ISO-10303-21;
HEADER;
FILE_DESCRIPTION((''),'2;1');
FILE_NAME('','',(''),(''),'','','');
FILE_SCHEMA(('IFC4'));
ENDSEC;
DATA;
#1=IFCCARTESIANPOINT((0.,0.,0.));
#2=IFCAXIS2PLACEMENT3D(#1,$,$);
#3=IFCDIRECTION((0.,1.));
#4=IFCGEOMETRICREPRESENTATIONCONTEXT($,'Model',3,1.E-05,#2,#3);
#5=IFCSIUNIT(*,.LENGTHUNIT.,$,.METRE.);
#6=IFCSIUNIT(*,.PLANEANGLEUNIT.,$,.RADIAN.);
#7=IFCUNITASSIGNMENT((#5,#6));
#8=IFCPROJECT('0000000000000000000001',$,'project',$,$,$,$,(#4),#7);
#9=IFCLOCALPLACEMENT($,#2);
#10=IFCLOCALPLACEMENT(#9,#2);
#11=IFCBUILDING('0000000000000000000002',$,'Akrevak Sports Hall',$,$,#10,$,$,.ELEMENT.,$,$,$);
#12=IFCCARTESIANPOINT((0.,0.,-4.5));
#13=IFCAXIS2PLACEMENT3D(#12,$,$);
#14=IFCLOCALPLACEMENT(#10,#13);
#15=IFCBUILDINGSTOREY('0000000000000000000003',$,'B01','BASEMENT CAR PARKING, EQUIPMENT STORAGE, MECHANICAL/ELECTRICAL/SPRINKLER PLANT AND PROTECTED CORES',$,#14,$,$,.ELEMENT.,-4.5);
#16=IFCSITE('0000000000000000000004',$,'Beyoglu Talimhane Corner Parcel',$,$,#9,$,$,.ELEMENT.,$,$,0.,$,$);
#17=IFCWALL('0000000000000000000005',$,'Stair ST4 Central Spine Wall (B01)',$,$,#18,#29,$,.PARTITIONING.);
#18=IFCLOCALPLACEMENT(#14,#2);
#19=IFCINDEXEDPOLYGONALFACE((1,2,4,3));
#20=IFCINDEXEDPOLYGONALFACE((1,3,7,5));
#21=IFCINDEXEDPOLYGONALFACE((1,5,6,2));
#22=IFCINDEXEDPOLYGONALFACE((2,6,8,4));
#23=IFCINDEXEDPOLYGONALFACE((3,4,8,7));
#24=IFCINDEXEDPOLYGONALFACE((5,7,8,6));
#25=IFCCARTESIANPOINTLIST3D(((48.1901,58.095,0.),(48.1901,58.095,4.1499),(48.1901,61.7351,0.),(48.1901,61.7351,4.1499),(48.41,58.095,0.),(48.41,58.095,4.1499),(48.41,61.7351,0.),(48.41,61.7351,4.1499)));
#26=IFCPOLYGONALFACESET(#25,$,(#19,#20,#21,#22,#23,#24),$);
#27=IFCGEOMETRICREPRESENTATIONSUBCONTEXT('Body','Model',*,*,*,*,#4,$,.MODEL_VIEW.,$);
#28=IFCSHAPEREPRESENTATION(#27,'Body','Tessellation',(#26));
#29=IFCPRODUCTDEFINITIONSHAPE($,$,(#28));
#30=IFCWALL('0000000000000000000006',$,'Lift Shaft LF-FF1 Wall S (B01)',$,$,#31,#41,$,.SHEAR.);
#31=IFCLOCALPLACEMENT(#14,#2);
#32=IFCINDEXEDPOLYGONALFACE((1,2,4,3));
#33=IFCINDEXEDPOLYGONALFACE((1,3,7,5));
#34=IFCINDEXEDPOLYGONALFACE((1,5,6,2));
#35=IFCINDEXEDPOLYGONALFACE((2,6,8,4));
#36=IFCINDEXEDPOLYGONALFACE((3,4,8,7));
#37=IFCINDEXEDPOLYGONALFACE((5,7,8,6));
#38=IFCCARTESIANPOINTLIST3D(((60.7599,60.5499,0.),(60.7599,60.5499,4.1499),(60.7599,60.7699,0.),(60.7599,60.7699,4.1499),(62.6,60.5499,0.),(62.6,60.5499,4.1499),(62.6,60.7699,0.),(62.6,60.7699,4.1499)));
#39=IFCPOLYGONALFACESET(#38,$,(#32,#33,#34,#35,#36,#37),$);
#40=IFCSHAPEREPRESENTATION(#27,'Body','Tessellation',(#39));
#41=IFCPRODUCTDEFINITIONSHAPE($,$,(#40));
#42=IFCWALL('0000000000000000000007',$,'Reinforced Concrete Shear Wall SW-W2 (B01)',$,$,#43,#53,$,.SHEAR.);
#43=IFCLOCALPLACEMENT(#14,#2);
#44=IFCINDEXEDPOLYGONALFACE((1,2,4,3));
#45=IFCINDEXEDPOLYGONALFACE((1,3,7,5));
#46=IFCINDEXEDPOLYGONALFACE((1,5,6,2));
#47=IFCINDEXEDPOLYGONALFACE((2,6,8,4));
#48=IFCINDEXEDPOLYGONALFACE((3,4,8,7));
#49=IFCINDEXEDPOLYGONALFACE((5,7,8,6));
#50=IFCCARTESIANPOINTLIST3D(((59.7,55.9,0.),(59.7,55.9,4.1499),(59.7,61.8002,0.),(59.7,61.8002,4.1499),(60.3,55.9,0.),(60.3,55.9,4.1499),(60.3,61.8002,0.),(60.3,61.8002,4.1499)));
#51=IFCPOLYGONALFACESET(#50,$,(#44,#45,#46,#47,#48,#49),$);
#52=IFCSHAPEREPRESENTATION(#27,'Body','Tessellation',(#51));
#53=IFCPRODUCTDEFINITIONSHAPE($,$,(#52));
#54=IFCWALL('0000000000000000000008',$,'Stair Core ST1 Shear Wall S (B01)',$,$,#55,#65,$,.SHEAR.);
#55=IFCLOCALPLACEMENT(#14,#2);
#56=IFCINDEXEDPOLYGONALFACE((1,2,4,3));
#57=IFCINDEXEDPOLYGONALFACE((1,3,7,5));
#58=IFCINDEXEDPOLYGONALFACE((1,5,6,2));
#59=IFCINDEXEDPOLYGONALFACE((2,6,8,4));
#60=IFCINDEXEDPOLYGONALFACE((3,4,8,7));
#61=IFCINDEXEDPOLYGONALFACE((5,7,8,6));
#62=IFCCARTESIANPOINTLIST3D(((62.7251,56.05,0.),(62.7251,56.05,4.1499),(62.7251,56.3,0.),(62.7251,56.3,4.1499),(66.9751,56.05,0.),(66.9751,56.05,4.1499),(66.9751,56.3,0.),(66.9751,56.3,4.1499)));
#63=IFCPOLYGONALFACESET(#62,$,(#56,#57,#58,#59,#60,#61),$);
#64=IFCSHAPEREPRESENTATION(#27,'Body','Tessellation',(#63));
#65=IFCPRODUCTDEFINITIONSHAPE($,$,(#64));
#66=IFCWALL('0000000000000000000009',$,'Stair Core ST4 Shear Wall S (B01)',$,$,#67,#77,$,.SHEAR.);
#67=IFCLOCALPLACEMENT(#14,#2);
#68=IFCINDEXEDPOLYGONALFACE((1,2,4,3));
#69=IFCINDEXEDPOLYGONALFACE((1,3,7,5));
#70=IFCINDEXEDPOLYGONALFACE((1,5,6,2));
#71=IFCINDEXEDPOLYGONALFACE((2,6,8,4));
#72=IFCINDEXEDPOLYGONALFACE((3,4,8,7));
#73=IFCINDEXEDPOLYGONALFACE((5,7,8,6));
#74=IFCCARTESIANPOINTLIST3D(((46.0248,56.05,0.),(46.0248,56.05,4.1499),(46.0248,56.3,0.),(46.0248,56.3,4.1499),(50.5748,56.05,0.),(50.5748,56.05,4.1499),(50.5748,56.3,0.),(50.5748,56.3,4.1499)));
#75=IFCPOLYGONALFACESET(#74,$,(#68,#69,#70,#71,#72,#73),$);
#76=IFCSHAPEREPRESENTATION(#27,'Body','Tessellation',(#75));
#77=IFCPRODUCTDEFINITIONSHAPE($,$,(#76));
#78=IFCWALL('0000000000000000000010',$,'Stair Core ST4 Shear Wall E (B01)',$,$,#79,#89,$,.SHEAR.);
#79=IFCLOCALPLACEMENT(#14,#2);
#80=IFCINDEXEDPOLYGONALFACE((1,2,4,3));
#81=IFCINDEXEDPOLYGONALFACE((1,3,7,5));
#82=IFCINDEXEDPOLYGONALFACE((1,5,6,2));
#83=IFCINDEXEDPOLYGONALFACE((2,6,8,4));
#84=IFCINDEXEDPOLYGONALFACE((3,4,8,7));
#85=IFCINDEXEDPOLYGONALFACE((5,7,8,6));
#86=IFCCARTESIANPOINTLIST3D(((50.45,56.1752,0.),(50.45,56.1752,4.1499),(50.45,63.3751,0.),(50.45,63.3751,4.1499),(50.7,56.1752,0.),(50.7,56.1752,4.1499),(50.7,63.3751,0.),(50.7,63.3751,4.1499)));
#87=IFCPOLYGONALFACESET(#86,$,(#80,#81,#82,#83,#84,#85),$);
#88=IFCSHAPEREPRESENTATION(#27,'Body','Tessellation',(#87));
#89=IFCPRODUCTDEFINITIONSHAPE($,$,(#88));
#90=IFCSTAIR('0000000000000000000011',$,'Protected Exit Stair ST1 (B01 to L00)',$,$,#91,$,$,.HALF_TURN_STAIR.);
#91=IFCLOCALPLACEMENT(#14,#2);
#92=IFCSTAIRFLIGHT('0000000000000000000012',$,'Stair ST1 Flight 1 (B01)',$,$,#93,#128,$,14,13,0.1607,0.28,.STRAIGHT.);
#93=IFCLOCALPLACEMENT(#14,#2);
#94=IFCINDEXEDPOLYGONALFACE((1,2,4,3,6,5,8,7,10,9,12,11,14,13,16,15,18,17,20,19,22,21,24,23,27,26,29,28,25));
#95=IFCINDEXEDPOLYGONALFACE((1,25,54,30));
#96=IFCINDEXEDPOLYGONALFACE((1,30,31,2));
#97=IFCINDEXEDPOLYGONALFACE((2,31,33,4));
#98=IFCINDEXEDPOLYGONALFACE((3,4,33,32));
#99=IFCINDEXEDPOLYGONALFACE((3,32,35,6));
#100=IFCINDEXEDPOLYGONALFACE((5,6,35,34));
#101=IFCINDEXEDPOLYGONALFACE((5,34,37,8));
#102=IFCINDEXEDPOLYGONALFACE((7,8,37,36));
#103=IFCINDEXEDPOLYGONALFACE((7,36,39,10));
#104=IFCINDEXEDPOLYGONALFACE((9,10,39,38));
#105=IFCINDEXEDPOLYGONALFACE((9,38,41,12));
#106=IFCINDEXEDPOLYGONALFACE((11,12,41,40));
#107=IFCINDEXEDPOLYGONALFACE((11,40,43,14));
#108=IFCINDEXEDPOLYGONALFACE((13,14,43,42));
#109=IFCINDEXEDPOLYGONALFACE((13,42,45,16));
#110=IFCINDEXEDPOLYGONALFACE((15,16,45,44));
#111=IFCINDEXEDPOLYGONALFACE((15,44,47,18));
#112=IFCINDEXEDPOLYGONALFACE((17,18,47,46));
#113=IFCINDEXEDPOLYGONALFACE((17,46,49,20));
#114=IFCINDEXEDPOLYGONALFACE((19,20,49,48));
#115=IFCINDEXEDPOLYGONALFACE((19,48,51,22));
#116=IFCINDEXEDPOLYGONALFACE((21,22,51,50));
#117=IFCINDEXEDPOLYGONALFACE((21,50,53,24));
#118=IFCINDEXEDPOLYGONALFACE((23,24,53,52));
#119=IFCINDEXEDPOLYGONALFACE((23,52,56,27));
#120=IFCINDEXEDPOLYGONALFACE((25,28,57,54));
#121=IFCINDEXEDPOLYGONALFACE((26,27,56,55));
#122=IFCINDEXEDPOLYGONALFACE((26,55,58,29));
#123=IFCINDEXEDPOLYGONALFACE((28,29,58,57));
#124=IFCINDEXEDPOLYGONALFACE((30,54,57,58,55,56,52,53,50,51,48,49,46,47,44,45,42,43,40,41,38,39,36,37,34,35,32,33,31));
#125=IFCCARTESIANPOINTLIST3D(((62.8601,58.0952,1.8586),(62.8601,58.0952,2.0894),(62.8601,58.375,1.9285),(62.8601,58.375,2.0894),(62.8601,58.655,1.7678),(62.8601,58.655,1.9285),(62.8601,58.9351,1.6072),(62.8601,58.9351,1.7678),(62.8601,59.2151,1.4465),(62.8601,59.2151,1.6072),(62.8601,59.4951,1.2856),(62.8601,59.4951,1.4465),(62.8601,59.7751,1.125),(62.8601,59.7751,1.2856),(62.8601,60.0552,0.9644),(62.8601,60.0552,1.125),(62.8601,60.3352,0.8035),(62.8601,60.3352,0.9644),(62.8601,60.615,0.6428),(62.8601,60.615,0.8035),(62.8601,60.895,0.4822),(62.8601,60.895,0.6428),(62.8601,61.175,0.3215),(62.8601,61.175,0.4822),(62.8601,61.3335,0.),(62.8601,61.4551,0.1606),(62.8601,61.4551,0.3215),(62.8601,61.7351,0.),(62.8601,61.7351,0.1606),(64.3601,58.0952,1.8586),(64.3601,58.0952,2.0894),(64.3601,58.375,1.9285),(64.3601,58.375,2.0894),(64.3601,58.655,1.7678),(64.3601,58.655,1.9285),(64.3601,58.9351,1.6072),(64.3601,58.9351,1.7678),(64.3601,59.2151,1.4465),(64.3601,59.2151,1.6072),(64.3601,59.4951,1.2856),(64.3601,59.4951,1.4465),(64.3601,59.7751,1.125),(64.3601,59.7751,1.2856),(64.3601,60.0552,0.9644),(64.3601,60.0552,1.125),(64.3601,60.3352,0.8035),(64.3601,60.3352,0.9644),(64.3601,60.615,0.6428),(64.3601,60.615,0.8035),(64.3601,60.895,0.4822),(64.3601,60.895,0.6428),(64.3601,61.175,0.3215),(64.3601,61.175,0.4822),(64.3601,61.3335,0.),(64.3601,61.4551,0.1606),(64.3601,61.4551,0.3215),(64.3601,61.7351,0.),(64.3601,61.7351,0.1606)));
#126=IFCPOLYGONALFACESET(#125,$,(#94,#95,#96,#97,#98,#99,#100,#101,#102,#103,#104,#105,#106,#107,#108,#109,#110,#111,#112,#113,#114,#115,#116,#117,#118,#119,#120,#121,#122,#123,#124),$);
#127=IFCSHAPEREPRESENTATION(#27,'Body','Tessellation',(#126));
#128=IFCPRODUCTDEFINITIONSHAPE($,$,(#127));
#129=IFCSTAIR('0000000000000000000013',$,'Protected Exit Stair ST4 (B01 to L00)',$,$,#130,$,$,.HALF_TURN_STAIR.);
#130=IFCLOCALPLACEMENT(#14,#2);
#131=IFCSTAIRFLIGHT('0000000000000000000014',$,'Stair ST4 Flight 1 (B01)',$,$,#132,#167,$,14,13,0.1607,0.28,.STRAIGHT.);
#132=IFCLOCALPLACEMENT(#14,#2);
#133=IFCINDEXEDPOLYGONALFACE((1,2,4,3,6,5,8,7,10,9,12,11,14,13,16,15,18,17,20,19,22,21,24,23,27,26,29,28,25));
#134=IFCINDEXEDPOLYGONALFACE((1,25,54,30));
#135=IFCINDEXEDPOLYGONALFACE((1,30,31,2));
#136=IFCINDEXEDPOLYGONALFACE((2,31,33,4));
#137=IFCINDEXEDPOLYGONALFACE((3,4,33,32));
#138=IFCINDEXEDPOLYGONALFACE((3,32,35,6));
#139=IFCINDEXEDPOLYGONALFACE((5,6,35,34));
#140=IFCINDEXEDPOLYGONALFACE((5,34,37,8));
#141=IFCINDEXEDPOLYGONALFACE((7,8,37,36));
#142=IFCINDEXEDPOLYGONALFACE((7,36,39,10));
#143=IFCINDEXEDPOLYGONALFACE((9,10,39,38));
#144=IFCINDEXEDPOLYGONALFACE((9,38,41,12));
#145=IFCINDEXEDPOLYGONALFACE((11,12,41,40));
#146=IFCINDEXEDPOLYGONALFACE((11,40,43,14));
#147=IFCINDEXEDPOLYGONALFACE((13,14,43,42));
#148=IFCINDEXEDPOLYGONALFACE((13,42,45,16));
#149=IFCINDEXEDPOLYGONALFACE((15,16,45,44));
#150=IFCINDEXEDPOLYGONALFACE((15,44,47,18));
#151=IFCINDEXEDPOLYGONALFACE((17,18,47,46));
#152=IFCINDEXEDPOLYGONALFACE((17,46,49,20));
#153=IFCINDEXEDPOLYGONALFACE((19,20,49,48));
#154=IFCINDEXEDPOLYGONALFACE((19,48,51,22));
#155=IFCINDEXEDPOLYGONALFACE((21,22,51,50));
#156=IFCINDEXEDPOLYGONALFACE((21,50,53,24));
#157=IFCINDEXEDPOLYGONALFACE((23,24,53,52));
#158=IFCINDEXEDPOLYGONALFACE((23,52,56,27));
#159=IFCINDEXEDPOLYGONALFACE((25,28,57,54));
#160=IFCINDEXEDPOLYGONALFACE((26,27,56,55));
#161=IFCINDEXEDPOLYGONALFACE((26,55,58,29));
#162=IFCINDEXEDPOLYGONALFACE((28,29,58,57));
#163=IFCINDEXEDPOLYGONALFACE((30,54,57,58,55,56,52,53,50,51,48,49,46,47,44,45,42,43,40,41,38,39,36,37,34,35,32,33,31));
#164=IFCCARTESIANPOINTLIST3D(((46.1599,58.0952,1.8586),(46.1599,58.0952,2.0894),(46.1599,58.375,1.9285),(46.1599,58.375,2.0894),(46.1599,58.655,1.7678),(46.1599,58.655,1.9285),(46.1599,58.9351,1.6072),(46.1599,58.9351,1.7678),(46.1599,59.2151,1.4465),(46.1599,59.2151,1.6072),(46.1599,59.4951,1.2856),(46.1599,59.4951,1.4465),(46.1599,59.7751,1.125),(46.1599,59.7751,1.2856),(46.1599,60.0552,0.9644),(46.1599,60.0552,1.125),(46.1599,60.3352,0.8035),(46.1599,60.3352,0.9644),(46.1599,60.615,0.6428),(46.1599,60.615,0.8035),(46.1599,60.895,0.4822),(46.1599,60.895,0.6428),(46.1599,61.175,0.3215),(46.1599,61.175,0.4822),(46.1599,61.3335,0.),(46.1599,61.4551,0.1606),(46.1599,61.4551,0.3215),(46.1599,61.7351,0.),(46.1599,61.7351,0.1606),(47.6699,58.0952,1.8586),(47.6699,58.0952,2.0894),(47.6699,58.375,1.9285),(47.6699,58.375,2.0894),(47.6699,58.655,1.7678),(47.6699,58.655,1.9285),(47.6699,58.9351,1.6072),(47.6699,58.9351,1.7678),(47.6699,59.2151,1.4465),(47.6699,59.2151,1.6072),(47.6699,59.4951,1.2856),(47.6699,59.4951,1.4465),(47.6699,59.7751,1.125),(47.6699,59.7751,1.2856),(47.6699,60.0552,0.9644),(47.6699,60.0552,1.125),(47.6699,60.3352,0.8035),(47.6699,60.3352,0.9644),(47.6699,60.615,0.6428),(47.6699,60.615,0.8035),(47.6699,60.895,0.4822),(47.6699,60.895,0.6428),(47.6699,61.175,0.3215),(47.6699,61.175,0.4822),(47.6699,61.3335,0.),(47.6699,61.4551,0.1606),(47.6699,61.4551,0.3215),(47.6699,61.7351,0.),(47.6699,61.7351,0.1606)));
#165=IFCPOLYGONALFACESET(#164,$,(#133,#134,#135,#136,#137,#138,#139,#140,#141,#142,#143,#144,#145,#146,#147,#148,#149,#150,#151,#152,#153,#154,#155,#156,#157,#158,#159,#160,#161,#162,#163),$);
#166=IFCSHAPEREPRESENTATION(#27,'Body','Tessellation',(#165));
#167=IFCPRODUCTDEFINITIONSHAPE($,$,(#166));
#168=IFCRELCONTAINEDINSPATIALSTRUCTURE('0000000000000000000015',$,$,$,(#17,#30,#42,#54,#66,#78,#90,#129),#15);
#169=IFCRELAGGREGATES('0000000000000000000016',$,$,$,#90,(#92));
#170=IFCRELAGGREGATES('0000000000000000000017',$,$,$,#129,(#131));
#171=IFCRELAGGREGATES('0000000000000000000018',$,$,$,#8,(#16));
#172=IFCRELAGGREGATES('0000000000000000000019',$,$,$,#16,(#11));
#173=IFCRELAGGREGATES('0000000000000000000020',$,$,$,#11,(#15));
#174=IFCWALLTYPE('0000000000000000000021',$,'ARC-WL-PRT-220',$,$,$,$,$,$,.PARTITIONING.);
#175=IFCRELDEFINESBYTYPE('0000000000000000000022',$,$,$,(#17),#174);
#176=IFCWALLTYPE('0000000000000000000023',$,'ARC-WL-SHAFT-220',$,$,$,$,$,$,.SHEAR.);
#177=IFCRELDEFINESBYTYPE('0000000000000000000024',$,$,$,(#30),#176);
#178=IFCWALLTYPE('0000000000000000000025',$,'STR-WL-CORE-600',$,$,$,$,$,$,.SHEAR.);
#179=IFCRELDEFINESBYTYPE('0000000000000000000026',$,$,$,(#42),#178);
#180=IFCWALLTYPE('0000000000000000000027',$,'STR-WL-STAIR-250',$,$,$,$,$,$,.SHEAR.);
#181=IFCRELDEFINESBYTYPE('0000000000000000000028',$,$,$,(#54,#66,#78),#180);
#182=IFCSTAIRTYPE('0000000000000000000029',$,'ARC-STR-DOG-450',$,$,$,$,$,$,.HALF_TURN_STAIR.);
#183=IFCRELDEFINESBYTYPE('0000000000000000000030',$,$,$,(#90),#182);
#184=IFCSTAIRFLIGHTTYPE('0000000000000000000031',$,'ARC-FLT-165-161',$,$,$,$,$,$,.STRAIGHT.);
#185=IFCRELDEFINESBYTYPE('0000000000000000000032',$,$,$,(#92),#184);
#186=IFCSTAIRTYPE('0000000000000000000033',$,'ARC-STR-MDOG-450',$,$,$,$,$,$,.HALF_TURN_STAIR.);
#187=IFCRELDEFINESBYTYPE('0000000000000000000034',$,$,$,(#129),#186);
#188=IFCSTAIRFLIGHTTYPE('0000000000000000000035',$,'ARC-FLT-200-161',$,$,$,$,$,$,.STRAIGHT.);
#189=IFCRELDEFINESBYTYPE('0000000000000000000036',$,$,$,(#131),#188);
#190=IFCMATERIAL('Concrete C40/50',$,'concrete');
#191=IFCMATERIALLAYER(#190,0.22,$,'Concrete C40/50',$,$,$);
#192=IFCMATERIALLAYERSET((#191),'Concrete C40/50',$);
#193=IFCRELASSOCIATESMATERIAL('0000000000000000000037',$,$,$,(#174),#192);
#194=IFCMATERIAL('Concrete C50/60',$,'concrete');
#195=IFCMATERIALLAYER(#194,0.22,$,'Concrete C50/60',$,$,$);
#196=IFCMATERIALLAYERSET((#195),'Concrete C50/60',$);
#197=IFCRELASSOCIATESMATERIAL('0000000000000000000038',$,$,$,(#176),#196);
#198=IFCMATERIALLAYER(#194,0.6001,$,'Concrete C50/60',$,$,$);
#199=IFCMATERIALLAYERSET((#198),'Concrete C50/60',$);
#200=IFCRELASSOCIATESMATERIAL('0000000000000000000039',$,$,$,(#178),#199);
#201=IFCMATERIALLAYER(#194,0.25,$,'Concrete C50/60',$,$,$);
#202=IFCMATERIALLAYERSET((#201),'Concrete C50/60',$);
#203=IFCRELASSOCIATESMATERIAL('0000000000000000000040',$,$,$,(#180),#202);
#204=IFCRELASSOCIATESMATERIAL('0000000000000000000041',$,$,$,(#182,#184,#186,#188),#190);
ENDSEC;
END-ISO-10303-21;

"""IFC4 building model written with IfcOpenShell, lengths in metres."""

from ifc_helpers import new_model, si_unit, direction, frame, frame_2d, origin, place, context, subcontext, project, spatial, polyline, rectangle, outline, extrude, material, layer, layer_set, type_object, element, aggregate, save


model = new_model("IFC4")

# Units and contexts
model_context = context("Model", 3, precision=1e-05, world=origin(), true_north=direction((0.0, 1.0)))
body_context = subcontext(model_context, "Body", "Model", "MODEL_VIEW")
ifc_project = project(units=[si_unit("LENGTHUNIT", "METRE"), si_unit("PLANEANGLEUNIT", "RADIAN")], contexts=[model_context])

# Site, building, storey
site_placement = place(None, origin())
site = spatial("IfcSite", under=ifc_project, at=site_placement, Name="Beyoglu Talimhane Corner Parcel", CompositionType="ELEMENT", RefElevation=0.0)
building_placement = place(site_placement, origin())
building = spatial("IfcBuilding", under=site, at=building_placement, Name="Akrevak Sports Hall", CompositionType="ELEMENT")
storey_placement = place(building_placement, frame((0.0, 0.0, -4.5)))
storey = spatial("IfcBuildingStorey", under=building, at=storey_placement, Name="B01", Description="BASEMENT CAR PARKING, EQUIPMENT STORAGE, MECHANICAL/ELECTRICAL/SPRINKLER PLANT AND PROTECTED CORES", CompositionType="ELEMENT", Elevation=-4.5)

# Shared definitions
ifc_material_1 = material(Name="Concrete C50/60", Category="concrete")

# Shared definitions
ifc_material_2 = material(Name="Concrete C40/50", Category="concrete")

# Walls
ifc_layer_1 = layer(ifc_material_2, 0.22, Name="Concrete C40/50")
ifc_layer_set_1 = layer_set([ifc_layer_1], Name="Concrete C40/50")
wall_type_1 = type_object("IfcWallType", Name="ARC-WL-PRT-220", PredefinedType="PARTITIONING", material=ifc_layer_set_1)
wall_1_placement = place(storey_placement, frame((48.3, 58.095, 0.0), z_axis=(0.0, 0.0, 1.0), x_axis=(0.0, 1.0, 0.0)))
element("IfcWall", 1, at=wall_1_placement, inside=storey, type_object=wall_type_1, Name="Stair ST4 Central Spine Wall (B01)", PredefinedType="PARTITIONING", context=body_context, shape_type="SweptSolid", body=[
    extrude(rectangle(XDim=3.6401, YDim=0.22, at=frame_2d((1.8201, 0.0))), origin(), (0.0, 0.0, 1.0), 4.1499),
])
ifc_layer_2 = layer(ifc_material_1, 0.22, Name="Concrete C50/60")
ifc_layer_set_2 = layer_set([ifc_layer_2], Name="Concrete C50/60")
wall_type_2 = type_object("IfcWallType", Name="ARC-WL-SHAFT-220", PredefinedType="SHEAR", material=ifc_layer_set_2)
wall_2_placement = place(storey_placement, frame((60.76, 60.6599, 0.0), z_axis=(0.0, 0.0, 1.0), x_axis=(1.0, 0.0, 0.0)))
element("IfcWall", 2, at=wall_2_placement, inside=storey, type_object=wall_type_2, Name="Lift Shaft LF-FF1 Wall S (B01)", PredefinedType="SHEAR", context=body_context, shape_type="SweptSolid", body=[
    extrude(rectangle(XDim=1.8401, YDim=0.22, at=frame_2d((0.9199, 0.0))), origin(), (0.0, 0.0, 1.0), 4.1499),
])
ifc_layer_3 = layer(ifc_material_1, 0.6001, Name="Concrete C50/60")
ifc_layer_set_3 = layer_set([ifc_layer_3], Name="Concrete C50/60")
wall_type_3 = type_object("IfcWallType", Name="STR-WL-CORE-600", PredefinedType="SHEAR", material=ifc_layer_set_3)
wall_3_placement = place(storey_placement, frame((60.0, 55.8999, 0.0), z_axis=(0.0, 0.0, 1.0), x_axis=(0.0, 1.0, 0.0)))
element("IfcWall", 3, at=wall_3_placement, inside=storey, type_object=wall_type_3, Name="Reinforced Concrete Shear Wall SW-W2 (B01)", PredefinedType="SHEAR", context=body_context, shape_type="SweptSolid", body=[
    extrude(rectangle(XDim=5.9001, YDim=0.6001, at=frame_2d((2.9502, 0.0))), origin(), (0.0, 0.0, 1.0), 4.1499),
])
ifc_layer_4 = layer(ifc_material_1, 0.25, Name="Concrete C50/60")
ifc_layer_set_4 = layer_set([ifc_layer_4], Name="Concrete C50/60")
wall_type_4 = type_object("IfcWallType", Name="STR-WL-STAIR-250", PredefinedType="SHEAR", material=ifc_layer_set_4)
wall_4_placement = place(storey_placement, frame((62.7251, 56.175, 0.0), z_axis=(0.0, 0.0, 1.0), x_axis=(1.0, 0.0, 0.0)))
element("IfcWall", 4, at=wall_4_placement, inside=storey, type_object=wall_type_4, Name="Stair Core ST1 Shear Wall S (B01)", PredefinedType="SHEAR", context=body_context, shape_type="SweptSolid", body=[
    extrude(rectangle(XDim=4.25, YDim=0.25, at=frame_2d((2.125, 0.0))), origin(), (0.0, 0.0, 1.0), 4.1499),
])
wall_5_placement = place(storey_placement, frame((46.0249, 56.175, 0.0), z_axis=(0.0, 0.0, 1.0), x_axis=(1.0, 0.0, 0.0)))
element("IfcWall", 5, at=wall_5_placement, inside=storey, type_object=wall_type_4, Name="Stair Core ST4 Shear Wall S (B01)", PredefinedType="SHEAR", context=body_context, shape_type="SweptSolid", body=[
    extrude(rectangle(XDim=4.55, YDim=0.25, at=frame_2d((2.2749, 0.0))), origin(), (0.0, 0.0, 1.0), 4.1499),
])
wall_6_placement = place(storey_placement, frame((50.575, 56.175, 0.0), z_axis=(0.0, 0.0, 1.0), x_axis=(0.0, 1.0, 0.0)))
element("IfcWall", 6, at=wall_6_placement, inside=storey, type_object=wall_type_4, Name="Stair Core ST4 Shear Wall E (B01)", PredefinedType="SHEAR", context=body_context, shape_type="SweptSolid", body=[
    extrude(rectangle(XDim=7.2, YDim=0.25, at=frame_2d((3.6001, 0.0))), origin(), (0.0, 0.0, 1.0), 4.1499),
])

# Stair, stair flight
stair_type_1 = type_object("IfcStairType", Name="ARC-STR-DOG-450", PredefinedType="HALF_TURN_STAIR", material=ifc_material_2)
stair_1_placement = place(storey_placement, origin())
stair_1 = element("IfcStair", 7, at=stair_1_placement, inside=storey, type_object=stair_type_1, Name="Protected Exit Stair ST1 (B01 to L00)", PredefinedType="HALF_TURN_STAIR")
stair_flight_type_1 = type_object("IfcStairFlightType", Name="ARC-FLT-165-161", PredefinedType="STRAIGHT", material=ifc_material_2)
stair_flight_1_placement = place(storey_placement, frame((63.6101, 61.7351, 0.0), z_axis=(0.0, 0.0, 1.0), x_axis=(0.0, -1.0, 0.0)))
stair_flight_1 = element("IfcStairFlight", 8, at=stair_flight_1_placement, type_object=stair_flight_type_1, Name="Stair ST1 Flight 1 (B01)", NumberOfRisers=14, NumberOfTreads=13, PredefinedType="STRAIGHT", RiserHeight=0.1607, TreadLength=0.28, context=body_context, shape_type="SweptSolid", body=[
    extrude(outline(polyline([(0.0, 0.0), (0.0, 0.1606), (0.28, 0.1606), (0.28, 0.3215), (0.5601, 0.3215), (0.5601, 0.4822), (0.8401, 0.4822), (0.8401, 0.6428), (1.1201, 0.6428), (1.1201, 0.8035), (1.3999, 0.8035), (1.3999, 0.9644), (1.6799, 0.9644), (1.6799, 1.125), (1.96, 1.125), (1.96, 1.2856), (2.24, 1.2856), (2.24, 1.4465), (2.52, 1.4465), (2.52, 1.6072), (2.8, 1.6072), (2.8, 1.7678), (3.0801, 1.7678), (3.0801, 1.9285), (3.3601, 1.9285), (3.3601, 2.0894), (3.6399, 2.0894), (3.6399, 2.25), (3.6399, 1.8586), (0.4016, 0.0), (0.0, 0.0)])), frame((0.0, 0.75, 0.0), z_axis=(0.0, -1.0, 0.0), x_axis=(1.0, 0.0, 0.0)), (0.0, 0.0, 1.0), 1.5),
])
aggregate(stair_1, [stair_flight_1])

# Stair, stair flight
stair_type_2 = type_object("IfcStairType", Name="ARC-STR-MDOG-450", PredefinedType="HALF_TURN_STAIR", material=ifc_material_2)
stair_2_placement = place(storey_placement, origin())
stair_2 = element("IfcStair", 9, at=stair_2_placement, inside=storey, type_object=stair_type_2, Name="Protected Exit Stair ST4 (B01 to L00)", PredefinedType="HALF_TURN_STAIR")
stair_flight_type_2 = type_object("IfcStairFlightType", Name="ARC-FLT-200-161", PredefinedType="STRAIGHT", material=ifc_material_2)
stair_flight_2_placement = place(storey_placement, frame((46.915, 61.7351, 0.0), z_axis=(0.0, 0.0, 1.0), x_axis=(0.0, -1.0, 0.0)))
stair_flight_2 = element("IfcStairFlight", 10, at=stair_flight_2_placement, type_object=stair_flight_type_2, Name="Stair ST4 Flight 1 (B01)", NumberOfRisers=14, NumberOfTreads=13, PredefinedType="STRAIGHT", RiserHeight=0.1607, TreadLength=0.28, context=body_context, shape_type="SweptSolid", body=[
    extrude(outline(polyline([(0.0, 0.0), (0.0, 0.1606), (0.28, 0.1606), (0.28, 0.3215), (0.5601, 0.3215), (0.5601, 0.4822), (0.8401, 0.4822), (0.8401, 0.6428), (1.1201, 0.6428), (1.1201, 0.8035), (1.3999, 0.8035), (1.3999, 0.9644), (1.6799, 0.9644), (1.6799, 1.125), (1.96, 1.125), (1.96, 1.2856), (2.24, 1.2856), (2.24, 1.4465), (2.52, 1.4465), (2.52, 1.6072), (2.8, 1.6072), (2.8, 1.7678), (3.0801, 1.7678), (3.0801, 1.9285), (3.3601, 1.9285), (3.3601, 2.0894), (3.6399, 2.0894), (3.6399, 2.25), (3.6399, 1.8586), (0.4016, 0.0), (0.0, 0.0)])), frame((0.0, 0.7549, 0.0), z_axis=(0.0, -1.0, 0.0), x_axis=(1.0, 0.0, 0.0)), (0.0, 0.0, 1.0), 1.51),
])
aggregate(stair_2, [stair_flight_2])

save(model, "model.ifc")
